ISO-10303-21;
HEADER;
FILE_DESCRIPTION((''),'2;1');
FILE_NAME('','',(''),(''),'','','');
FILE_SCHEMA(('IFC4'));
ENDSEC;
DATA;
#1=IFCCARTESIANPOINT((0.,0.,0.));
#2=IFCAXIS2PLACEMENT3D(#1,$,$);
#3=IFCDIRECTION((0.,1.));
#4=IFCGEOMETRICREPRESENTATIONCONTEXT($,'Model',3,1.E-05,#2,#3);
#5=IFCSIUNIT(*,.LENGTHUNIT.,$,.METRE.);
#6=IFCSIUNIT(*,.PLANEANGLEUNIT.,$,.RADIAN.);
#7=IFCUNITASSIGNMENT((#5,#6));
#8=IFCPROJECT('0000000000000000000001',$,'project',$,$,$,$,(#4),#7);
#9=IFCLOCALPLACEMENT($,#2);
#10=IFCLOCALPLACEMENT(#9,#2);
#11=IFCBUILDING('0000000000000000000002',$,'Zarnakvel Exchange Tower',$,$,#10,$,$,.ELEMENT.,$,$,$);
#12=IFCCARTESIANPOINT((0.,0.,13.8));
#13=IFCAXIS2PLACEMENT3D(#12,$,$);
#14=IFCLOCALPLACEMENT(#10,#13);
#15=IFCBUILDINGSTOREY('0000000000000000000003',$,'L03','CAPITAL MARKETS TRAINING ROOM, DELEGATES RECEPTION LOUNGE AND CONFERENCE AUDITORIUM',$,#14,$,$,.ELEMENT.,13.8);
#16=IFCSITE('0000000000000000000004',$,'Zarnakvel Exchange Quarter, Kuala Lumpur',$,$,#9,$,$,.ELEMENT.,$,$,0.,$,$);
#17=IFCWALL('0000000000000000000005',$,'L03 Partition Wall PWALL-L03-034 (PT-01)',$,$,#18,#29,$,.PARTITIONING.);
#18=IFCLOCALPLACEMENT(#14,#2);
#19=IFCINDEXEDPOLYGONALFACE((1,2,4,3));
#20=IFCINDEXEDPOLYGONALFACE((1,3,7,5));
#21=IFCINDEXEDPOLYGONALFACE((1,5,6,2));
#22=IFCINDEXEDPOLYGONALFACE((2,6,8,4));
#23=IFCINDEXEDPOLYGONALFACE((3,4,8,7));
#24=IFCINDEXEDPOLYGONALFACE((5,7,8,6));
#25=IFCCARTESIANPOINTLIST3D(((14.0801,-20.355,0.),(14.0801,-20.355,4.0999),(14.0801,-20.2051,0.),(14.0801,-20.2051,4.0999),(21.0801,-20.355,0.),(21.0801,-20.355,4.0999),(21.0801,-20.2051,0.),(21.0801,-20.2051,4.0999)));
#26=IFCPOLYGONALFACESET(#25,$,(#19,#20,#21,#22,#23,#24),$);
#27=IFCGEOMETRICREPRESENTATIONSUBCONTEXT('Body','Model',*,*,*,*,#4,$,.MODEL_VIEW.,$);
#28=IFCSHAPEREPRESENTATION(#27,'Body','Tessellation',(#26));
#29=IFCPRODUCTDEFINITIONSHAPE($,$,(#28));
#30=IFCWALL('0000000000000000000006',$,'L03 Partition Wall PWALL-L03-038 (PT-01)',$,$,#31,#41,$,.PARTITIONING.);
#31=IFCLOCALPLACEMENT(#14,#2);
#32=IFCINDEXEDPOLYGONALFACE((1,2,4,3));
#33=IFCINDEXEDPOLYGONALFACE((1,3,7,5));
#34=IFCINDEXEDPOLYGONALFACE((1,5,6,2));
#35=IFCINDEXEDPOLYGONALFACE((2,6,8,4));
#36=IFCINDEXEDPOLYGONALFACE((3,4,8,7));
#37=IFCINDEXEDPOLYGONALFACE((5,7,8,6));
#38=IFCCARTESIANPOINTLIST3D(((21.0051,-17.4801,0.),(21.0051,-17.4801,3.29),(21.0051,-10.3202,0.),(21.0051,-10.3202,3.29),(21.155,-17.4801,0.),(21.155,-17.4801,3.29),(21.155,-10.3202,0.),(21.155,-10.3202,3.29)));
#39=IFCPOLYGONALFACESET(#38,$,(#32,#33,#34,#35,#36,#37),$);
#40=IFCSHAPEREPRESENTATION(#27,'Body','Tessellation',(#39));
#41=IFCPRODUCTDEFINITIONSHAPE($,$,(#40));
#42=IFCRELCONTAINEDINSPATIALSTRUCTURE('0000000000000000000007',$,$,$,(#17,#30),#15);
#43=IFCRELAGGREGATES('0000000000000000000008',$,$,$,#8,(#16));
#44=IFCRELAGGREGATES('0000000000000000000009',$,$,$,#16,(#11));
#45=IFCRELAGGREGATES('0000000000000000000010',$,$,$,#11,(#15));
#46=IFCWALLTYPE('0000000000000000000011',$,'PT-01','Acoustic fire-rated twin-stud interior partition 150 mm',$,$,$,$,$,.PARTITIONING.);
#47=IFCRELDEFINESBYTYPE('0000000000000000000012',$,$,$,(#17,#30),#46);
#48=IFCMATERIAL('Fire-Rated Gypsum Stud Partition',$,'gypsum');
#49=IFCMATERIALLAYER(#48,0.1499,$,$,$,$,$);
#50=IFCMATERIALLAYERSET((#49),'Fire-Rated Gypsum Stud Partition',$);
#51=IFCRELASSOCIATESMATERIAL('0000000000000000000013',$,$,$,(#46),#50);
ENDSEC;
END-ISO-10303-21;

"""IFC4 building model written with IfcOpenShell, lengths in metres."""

from ifc_helpers import new_model, si_unit, direction, frame, frame_2d, origin, place, context, subcontext, project, spatial, rectangle, extrude, material, layer, layer_set, type_object, element, save


model = new_model("IFC4")

# Units and contexts
model_context = context("Model", 3, precision=1e-05, world=origin(), true_north=direction((0.0, 1.0)))
body_context = subcontext(model_context, "Body", "Model", "MODEL_VIEW")
ifc_project = project(units=[si_unit("LENGTHUNIT", "METRE"), si_unit("PLANEANGLEUNIT", "RADIAN")], contexts=[model_context])

# Site, building, storey
site_placement = place(None, origin())
site = spatial("IfcSite", under=ifc_project, at=site_placement, Name="Zarnakvel Exchange Quarter, Kuala Lumpur", CompositionType="ELEMENT", RefElevation=0.0)
building_placement = place(site_placement, origin())
building = spatial("IfcBuilding", under=site, at=building_placement, Name="Zarnakvel Exchange Tower", CompositionType="ELEMENT")
storey_placement = place(building_placement, frame((0.0, 0.0, 13.8)))
storey = spatial("IfcBuildingStorey", under=building, at=storey_placement, Name="L03", Description="CAPITAL MARKETS TRAINING ROOM, DELEGATES RECEPTION LOUNGE AND CONFERENCE AUDITORIUM", CompositionType="ELEMENT", Elevation=13.8)

# Walls
ifc_material_1 = material(Name="Fire-Rated Gypsum Stud Partition", Category="gypsum")
ifc_layer_1 = layer(ifc_material_1, 0.1499)
ifc_layer_set_1 = layer_set([ifc_layer_1], Name="Fire-Rated Gypsum Stud Partition")
wall_type_1 = type_object("IfcWallType", Name="PT-01", Description="Acoustic fire-rated twin-stud interior partition 150 mm", PredefinedType="PARTITIONING", material=ifc_layer_set_1)
wall_1_placement = place(storey_placement, frame((21.0801, -20.28, 0.0), z_axis=(0.0, 0.0, 1.0), x_axis=(-1.0, 0.0, 0.0)))
element("IfcWall", 1, at=wall_1_placement, inside=storey, type_object=wall_type_1, Name="L03 Partition Wall PWALL-L03-034 (PT-01)", PredefinedType="PARTITIONING", context=body_context, shape_type="SweptSolid", body=[
    extrude(rectangle(XDim=7.0, YDim=0.1499, at=frame_2d((3.5, 0.0))), origin(), (0.0, 0.0, 1.0), 4.0999),
])
wall_2_placement = place(storey_placement, frame((21.0801, -10.3201, 0.0), z_axis=(0.0, 0.0, 1.0), x_axis=(0.0, -1.0, 0.0)))
element("IfcWall", 2, at=wall_2_placement, inside=storey, type_object=wall_type_1, Name="L03 Partition Wall PWALL-L03-038 (PT-01)", PredefinedType="PARTITIONING", context=body_context, shape_type="SweptSolid", body=[
    extrude(rectangle(XDim=7.1599, YDim=0.1499, at=frame_2d((3.5801, 0.0))), origin(), (0.0, 0.0, 1.0), 3.29),
])

save(model, "model.ifc")
